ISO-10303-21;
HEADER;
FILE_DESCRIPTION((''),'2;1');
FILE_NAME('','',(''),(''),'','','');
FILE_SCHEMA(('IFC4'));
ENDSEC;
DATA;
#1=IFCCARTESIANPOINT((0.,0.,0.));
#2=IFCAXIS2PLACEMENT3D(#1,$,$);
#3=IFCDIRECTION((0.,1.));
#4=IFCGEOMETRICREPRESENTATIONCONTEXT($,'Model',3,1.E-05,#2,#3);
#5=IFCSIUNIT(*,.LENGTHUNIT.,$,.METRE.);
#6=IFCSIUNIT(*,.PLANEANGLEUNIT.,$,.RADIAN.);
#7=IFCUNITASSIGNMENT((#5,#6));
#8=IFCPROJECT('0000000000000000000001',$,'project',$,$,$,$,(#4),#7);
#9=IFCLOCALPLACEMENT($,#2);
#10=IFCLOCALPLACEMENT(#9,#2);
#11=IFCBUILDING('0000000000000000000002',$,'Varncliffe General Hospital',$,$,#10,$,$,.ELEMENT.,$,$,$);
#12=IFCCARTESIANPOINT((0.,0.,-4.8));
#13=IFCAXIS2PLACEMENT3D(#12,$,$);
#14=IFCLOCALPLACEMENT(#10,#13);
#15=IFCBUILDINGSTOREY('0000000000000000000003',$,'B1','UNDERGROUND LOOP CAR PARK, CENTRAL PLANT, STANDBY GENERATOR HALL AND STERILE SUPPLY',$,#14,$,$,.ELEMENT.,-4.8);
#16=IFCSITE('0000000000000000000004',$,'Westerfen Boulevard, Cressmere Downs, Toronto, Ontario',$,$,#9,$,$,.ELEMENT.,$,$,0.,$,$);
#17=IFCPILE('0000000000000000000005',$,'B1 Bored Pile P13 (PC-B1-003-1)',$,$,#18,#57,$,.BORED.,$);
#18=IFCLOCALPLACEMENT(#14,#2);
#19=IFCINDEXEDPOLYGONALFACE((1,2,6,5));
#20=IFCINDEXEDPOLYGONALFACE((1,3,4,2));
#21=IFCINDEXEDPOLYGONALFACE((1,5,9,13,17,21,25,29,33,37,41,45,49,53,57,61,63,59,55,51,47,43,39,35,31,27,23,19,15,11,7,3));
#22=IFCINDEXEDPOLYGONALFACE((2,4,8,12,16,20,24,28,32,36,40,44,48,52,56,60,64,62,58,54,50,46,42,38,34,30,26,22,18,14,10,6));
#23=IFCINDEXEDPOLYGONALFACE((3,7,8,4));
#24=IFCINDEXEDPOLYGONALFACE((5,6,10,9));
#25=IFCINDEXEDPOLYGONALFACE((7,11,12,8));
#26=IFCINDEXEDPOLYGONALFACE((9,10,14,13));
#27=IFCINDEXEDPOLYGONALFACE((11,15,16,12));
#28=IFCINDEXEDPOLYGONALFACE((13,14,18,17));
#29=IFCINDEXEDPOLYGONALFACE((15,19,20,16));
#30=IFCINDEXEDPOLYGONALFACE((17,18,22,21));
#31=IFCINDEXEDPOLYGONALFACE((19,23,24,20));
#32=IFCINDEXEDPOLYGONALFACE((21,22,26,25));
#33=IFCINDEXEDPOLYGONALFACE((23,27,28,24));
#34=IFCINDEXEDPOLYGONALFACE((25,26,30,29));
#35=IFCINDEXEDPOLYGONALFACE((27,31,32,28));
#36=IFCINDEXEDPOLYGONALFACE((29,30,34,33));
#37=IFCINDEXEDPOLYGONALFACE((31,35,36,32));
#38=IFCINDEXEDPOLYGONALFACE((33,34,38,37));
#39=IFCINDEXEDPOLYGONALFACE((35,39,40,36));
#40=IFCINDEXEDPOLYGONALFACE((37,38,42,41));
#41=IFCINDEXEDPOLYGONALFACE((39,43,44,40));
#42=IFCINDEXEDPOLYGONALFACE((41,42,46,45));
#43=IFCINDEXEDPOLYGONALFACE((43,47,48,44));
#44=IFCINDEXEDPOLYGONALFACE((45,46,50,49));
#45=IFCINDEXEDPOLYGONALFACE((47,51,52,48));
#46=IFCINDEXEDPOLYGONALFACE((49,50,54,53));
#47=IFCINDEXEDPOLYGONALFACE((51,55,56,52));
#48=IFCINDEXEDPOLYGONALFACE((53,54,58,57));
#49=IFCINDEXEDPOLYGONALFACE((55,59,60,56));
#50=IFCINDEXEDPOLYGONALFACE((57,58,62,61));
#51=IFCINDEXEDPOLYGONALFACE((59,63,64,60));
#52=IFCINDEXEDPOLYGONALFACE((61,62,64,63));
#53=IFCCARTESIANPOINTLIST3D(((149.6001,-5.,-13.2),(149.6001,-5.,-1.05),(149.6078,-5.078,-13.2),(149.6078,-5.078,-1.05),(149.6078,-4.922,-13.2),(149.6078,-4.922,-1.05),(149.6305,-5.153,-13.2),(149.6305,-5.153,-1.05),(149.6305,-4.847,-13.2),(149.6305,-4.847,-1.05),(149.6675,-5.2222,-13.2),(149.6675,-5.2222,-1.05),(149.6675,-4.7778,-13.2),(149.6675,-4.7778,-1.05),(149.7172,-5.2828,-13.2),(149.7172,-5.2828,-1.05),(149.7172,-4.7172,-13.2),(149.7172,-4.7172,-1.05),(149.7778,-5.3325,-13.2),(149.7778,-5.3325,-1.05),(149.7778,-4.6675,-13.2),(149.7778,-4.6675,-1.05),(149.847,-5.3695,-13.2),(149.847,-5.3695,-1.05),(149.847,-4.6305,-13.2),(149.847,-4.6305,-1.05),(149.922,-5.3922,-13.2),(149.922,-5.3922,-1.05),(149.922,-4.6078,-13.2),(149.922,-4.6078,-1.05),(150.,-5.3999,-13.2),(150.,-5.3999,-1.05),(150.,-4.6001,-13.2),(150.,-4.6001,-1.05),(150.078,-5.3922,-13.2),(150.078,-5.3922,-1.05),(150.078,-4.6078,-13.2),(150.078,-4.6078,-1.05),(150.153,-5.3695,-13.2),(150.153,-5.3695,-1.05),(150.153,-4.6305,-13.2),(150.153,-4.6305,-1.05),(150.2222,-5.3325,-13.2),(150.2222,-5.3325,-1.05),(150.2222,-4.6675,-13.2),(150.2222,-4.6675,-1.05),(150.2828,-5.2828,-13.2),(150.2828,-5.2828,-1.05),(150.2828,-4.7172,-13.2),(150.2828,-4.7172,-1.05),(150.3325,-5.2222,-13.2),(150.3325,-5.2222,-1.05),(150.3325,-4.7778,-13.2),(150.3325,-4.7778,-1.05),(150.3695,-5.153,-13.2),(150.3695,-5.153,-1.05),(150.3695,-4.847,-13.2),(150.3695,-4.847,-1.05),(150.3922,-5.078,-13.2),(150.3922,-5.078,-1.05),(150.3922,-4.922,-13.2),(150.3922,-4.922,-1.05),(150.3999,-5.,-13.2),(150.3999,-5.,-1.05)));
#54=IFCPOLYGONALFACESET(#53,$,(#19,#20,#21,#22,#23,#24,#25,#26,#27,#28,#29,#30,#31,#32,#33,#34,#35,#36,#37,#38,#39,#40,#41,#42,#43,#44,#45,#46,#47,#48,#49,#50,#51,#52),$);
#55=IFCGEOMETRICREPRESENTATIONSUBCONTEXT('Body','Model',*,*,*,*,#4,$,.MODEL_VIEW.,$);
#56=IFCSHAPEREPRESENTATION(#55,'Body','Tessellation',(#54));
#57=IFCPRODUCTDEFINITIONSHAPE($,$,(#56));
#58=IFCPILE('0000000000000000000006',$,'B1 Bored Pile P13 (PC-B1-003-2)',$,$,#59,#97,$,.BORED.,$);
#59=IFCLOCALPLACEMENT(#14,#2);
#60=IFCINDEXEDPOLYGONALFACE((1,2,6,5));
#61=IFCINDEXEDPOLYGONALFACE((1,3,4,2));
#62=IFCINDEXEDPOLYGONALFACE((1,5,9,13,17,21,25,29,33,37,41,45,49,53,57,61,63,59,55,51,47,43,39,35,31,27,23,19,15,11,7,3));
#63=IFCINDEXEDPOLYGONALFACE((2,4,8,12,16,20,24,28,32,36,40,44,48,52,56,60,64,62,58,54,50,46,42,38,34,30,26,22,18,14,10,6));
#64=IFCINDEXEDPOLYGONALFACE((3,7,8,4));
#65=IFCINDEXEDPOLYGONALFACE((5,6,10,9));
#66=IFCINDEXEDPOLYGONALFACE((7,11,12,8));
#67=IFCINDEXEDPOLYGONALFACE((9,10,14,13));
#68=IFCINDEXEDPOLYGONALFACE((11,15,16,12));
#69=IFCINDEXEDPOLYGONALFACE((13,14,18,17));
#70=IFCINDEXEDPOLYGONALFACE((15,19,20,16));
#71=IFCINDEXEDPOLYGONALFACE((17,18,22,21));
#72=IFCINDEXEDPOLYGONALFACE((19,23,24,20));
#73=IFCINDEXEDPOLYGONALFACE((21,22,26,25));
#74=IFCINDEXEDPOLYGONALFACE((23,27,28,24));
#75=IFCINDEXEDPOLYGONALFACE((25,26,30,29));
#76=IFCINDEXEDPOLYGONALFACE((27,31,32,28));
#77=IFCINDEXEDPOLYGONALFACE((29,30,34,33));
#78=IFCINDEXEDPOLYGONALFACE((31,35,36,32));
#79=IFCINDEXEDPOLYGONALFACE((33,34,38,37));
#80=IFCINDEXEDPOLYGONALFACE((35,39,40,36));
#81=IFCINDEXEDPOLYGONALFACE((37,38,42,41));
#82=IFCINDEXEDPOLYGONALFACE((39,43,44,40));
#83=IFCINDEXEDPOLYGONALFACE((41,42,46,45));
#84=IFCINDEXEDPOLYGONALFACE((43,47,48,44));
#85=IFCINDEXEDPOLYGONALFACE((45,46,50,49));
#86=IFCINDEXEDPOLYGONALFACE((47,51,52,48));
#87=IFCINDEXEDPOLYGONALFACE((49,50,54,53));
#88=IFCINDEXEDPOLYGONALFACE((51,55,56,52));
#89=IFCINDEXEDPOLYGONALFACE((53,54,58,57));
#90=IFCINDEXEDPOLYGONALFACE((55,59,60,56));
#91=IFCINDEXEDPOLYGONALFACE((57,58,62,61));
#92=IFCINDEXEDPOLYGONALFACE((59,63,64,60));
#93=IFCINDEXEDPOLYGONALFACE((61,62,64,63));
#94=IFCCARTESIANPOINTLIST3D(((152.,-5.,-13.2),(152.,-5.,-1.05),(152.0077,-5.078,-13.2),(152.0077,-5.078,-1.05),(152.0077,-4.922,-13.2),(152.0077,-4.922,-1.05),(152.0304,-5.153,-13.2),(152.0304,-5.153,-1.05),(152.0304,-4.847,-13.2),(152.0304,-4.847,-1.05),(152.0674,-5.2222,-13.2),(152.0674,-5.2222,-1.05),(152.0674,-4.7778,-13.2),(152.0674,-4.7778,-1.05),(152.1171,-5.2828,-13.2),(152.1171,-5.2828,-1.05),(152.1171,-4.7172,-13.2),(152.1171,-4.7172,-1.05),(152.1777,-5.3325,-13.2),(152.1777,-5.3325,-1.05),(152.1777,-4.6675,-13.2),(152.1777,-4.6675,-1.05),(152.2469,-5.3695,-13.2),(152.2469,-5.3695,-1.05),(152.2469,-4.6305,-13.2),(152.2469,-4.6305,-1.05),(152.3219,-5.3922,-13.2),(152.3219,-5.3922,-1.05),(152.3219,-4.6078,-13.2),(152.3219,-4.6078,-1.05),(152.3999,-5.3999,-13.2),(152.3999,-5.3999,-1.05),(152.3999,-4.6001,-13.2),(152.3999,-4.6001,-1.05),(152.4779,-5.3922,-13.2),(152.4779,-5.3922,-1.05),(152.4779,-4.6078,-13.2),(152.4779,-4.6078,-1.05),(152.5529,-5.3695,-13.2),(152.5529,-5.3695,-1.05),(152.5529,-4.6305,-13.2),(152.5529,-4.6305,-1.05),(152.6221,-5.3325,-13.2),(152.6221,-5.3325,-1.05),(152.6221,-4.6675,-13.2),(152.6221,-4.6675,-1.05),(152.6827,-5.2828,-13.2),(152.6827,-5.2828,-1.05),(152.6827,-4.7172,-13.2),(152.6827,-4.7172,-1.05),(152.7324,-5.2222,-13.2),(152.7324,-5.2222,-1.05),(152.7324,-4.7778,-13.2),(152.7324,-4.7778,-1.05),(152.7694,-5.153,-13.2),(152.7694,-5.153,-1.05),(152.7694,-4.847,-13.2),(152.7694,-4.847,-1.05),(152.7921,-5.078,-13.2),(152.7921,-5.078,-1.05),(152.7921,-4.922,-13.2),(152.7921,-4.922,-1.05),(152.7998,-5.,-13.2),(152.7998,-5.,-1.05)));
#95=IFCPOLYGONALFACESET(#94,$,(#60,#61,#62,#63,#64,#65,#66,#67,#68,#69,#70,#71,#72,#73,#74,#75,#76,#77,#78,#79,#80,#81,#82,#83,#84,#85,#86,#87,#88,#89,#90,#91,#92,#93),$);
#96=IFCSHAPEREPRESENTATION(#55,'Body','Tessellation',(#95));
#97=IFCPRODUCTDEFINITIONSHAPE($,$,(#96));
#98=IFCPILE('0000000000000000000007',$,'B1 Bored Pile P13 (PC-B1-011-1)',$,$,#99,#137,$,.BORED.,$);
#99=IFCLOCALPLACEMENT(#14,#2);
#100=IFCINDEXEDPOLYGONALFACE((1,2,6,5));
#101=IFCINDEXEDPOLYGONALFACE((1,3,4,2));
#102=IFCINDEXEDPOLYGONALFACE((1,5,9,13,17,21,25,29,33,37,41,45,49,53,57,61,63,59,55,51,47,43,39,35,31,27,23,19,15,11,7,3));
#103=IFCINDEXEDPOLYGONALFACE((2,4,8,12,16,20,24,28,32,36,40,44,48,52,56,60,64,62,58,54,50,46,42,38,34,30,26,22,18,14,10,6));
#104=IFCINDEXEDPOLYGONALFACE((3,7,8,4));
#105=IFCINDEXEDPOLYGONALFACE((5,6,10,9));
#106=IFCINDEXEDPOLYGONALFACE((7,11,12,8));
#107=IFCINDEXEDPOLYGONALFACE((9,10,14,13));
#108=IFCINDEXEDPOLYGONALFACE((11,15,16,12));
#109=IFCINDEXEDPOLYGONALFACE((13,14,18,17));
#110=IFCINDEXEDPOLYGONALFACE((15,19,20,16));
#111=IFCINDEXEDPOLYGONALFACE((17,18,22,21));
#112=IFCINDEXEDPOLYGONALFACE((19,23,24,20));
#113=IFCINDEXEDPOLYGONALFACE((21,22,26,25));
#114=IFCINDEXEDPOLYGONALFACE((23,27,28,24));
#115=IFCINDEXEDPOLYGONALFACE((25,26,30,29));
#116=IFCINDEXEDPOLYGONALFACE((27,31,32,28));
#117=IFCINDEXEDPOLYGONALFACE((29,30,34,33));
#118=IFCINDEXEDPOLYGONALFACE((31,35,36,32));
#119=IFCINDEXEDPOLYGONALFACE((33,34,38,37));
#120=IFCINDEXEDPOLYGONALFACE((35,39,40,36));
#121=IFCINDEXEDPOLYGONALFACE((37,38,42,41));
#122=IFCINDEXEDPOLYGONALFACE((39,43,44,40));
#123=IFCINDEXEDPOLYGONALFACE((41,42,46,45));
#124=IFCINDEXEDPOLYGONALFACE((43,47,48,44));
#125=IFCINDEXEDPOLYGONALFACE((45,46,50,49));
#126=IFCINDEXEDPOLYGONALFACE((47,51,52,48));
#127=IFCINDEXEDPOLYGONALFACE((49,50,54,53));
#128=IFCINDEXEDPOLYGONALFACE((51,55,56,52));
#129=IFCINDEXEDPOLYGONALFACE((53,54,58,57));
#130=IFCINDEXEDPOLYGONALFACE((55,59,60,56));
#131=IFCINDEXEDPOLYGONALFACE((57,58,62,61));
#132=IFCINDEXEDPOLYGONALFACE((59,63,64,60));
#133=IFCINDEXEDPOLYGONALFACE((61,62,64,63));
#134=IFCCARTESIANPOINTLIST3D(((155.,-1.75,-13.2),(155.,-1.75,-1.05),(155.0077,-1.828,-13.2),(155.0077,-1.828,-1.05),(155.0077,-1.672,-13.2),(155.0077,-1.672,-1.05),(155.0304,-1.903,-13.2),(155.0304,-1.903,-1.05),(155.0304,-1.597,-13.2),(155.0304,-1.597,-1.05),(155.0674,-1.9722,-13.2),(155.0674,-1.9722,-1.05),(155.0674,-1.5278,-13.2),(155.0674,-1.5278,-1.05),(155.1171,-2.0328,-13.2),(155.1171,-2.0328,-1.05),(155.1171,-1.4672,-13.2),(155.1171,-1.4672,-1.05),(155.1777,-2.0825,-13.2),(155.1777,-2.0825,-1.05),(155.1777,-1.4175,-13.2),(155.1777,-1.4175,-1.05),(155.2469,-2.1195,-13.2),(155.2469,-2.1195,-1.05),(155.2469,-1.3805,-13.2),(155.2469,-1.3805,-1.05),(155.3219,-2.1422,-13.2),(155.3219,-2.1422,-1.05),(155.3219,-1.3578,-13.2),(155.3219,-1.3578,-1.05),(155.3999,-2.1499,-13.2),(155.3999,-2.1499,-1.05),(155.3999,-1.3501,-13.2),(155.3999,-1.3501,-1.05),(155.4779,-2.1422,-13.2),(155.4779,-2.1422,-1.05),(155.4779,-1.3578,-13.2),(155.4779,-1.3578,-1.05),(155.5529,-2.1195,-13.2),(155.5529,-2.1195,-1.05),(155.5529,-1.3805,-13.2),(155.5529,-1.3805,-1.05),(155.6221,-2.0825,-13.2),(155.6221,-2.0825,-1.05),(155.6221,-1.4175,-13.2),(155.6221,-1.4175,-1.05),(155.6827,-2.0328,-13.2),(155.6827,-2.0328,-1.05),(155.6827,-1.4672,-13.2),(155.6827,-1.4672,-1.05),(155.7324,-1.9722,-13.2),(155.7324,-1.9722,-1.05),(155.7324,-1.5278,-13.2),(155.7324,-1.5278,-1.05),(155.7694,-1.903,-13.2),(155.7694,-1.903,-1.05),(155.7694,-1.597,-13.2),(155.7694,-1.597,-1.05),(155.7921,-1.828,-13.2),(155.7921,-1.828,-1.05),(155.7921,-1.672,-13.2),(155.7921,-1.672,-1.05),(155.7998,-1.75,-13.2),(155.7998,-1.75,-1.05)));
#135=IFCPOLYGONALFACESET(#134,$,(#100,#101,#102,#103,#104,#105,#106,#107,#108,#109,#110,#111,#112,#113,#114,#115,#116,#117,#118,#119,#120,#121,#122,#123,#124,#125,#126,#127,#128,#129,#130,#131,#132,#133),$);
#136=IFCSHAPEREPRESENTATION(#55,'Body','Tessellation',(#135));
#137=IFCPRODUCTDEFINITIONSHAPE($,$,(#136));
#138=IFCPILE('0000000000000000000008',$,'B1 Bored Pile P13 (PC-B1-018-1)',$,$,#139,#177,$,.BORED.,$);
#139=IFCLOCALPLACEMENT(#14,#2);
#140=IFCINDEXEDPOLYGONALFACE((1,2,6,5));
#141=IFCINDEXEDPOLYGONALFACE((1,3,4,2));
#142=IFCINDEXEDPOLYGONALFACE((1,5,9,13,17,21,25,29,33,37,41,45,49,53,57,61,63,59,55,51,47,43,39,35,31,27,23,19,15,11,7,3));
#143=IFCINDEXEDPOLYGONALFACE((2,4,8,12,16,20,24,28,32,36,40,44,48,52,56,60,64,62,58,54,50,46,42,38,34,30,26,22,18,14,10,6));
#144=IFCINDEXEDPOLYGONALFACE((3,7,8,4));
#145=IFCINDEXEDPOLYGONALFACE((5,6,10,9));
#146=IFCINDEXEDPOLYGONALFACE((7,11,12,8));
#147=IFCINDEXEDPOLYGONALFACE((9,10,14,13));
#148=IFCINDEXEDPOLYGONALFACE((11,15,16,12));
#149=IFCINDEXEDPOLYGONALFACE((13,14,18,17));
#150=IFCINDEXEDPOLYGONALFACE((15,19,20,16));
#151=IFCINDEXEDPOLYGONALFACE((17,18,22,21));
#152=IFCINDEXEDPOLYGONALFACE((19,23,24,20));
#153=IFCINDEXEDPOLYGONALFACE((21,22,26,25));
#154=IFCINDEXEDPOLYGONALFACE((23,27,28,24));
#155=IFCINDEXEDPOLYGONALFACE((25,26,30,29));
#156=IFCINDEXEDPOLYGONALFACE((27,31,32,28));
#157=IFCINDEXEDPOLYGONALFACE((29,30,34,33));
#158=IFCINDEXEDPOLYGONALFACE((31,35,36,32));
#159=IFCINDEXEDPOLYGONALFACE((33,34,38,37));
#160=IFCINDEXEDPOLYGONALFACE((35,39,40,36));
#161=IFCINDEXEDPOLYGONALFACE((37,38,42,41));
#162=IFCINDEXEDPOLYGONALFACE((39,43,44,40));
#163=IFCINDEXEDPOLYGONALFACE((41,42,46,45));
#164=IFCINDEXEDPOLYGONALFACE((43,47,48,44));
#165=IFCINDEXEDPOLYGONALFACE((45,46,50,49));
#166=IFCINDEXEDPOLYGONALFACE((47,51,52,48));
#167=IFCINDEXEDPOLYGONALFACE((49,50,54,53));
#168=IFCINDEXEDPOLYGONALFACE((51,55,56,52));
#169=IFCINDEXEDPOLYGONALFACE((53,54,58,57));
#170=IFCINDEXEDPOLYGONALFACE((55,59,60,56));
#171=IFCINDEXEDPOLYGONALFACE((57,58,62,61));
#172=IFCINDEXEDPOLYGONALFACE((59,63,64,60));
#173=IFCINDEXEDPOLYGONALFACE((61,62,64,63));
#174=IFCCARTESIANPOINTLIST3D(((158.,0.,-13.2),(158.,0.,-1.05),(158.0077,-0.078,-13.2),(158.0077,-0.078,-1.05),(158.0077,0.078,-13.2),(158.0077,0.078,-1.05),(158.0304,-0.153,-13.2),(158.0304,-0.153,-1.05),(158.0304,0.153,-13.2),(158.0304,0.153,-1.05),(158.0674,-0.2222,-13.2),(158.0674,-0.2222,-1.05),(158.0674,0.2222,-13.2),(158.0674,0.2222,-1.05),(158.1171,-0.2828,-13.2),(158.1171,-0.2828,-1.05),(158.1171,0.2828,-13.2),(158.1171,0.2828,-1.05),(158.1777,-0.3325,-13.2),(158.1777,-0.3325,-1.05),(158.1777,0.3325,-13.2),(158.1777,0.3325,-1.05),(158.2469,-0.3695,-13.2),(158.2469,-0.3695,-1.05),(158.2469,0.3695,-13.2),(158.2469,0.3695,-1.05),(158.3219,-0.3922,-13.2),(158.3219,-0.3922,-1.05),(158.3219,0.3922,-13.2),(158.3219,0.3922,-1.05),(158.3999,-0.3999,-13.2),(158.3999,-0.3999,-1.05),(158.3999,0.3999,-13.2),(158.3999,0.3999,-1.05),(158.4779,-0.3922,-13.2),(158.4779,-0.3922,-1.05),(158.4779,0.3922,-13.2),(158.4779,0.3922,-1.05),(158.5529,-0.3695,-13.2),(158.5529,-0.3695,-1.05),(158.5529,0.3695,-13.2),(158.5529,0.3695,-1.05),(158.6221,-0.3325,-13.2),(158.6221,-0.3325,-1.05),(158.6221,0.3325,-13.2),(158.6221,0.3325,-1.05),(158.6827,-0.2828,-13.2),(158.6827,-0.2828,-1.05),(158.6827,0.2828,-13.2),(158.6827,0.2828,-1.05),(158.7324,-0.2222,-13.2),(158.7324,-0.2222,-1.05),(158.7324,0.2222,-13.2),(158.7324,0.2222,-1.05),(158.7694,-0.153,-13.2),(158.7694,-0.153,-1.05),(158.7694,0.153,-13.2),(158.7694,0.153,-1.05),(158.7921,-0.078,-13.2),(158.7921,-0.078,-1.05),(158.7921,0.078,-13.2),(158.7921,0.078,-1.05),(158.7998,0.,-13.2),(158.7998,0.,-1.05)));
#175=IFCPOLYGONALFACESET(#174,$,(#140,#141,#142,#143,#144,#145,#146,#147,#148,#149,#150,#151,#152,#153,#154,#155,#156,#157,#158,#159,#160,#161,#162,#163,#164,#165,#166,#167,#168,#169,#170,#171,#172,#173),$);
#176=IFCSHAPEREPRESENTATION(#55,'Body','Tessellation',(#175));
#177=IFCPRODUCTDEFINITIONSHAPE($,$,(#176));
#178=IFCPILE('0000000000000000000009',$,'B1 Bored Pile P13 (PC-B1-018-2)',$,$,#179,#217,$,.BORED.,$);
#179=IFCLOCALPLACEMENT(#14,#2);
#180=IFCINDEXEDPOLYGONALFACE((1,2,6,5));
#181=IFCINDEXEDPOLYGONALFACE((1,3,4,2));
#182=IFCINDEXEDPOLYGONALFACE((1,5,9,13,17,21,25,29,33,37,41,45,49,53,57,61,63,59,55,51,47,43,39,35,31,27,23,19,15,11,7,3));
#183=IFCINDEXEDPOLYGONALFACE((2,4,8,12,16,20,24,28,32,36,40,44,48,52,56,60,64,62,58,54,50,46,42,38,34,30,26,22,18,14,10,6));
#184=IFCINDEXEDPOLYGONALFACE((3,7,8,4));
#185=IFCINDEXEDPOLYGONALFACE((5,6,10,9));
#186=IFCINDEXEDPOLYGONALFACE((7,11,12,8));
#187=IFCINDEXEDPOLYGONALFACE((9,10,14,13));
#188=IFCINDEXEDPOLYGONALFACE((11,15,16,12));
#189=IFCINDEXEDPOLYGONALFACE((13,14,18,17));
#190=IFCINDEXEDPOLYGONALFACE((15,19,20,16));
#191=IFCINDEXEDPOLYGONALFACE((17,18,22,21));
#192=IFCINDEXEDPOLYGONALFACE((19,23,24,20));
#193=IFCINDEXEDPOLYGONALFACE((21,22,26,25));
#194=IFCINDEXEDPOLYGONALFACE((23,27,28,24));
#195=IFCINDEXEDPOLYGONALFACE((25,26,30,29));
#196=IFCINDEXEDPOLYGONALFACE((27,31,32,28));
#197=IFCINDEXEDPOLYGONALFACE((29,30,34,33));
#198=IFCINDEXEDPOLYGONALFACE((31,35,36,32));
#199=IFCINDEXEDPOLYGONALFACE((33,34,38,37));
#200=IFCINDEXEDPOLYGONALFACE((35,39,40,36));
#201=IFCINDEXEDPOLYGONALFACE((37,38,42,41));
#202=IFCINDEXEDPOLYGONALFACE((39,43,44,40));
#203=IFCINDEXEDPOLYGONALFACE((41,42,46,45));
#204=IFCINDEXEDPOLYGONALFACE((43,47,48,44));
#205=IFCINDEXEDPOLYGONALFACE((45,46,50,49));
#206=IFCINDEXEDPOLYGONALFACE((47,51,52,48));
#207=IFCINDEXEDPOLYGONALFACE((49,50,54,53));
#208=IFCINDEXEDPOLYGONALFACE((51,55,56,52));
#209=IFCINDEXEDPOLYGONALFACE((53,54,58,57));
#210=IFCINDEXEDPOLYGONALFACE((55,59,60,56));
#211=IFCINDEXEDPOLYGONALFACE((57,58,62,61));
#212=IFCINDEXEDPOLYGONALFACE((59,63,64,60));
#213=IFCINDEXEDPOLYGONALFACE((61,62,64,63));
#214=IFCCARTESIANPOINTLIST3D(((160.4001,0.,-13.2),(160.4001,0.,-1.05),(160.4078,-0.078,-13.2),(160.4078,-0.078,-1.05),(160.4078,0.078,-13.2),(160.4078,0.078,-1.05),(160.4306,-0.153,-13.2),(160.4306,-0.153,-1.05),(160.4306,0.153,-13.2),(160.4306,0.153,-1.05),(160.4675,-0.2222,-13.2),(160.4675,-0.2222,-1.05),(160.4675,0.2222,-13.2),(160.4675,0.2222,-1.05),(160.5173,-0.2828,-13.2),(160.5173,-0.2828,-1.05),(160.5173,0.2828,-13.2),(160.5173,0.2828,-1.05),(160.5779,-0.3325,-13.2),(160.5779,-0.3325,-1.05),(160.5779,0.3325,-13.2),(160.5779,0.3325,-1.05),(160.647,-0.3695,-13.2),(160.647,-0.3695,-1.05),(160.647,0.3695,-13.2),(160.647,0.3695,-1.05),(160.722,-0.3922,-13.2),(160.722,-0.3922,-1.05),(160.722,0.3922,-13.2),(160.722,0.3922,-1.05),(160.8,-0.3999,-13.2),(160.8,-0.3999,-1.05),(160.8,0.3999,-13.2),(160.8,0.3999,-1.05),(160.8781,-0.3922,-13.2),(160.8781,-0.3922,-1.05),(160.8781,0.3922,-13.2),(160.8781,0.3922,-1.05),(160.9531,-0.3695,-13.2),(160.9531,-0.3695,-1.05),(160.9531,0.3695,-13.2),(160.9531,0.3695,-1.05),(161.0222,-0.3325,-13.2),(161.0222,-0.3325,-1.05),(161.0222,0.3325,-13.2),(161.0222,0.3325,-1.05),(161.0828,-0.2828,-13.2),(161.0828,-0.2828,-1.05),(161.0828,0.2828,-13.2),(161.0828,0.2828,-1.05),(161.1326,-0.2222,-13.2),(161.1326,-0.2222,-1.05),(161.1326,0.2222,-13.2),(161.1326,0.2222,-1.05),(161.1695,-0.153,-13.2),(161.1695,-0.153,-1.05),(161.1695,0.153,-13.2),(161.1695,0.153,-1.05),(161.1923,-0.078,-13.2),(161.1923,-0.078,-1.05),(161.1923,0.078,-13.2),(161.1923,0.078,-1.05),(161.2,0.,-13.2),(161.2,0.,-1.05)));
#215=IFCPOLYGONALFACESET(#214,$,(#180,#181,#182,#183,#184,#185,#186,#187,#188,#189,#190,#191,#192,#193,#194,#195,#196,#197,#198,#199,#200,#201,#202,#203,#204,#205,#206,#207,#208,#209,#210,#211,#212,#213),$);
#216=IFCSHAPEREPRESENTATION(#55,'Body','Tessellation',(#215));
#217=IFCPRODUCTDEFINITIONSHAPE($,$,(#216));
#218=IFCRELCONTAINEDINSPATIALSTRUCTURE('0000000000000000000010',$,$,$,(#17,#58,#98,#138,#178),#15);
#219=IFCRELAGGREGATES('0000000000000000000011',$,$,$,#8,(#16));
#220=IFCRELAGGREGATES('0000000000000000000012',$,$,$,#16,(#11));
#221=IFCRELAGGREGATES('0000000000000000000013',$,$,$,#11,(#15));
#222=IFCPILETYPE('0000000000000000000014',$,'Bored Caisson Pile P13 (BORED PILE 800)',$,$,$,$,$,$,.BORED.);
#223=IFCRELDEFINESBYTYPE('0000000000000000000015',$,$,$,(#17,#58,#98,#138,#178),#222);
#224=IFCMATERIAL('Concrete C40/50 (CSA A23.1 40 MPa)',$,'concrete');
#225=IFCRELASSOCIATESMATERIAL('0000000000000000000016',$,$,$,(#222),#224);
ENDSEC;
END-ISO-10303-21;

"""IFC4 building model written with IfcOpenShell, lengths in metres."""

from ifc_helpers import new_model, si_unit, direction, frame, origin, origin_2d, place, context, subcontext, project, spatial, circle, extrude, material, material_profile, profile_set, type_object, element, save


model = new_model("IFC4")

# Units and contexts
model_context = context("Model", 3, precision=1e-05, world=origin(), true_north=direction((0.0, 1.0)))
body_context = subcontext(model_context, "Body", "Model", "MODEL_VIEW")
ifc_project = project(units=[si_unit("LENGTHUNIT", "METRE"), si_unit("PLANEANGLEUNIT", "RADIAN")], contexts=[model_context])

# Site, building, storey
site_placement = place(None, origin())
site = spatial("IfcSite", under=ifc_project, at=site_placement, Name="Westerfen Boulevard, Cressmere Downs, Toronto, Ontario", CompositionType="ELEMENT", RefElevation=0.0)
building_placement = place(site_placement, origin())
building = spatial("IfcBuilding", under=site, at=building_placement, Name="Varncliffe General Hospital", CompositionType="ELEMENT")
storey_placement = place(building_placement, frame((0.0, 0.0, -4.8)))
storey = spatial("IfcBuildingStorey", under=building, at=storey_placement, Name="B1", Description="UNDERGROUND LOOP CAR PARK, CENTRAL PLANT, STANDBY GENERATOR HALL AND STERILE SUPPLY", CompositionType="ELEMENT", Elevation=-4.8)

# Piles
ifc_material_1 = material(Name="Concrete C40/50 (CSA A23.1 40 MPa)", Category="concrete")
ifc_material_profile_1 = material_profile(ifc_material_1, circle(Radius=0.3999, at=origin_2d()), Name="BORED PILE 800")
ifc_profile_set_1 = profile_set([ifc_material_profile_1], Name="Concrete C40/50 (CSA A23.1 40 MPa)")
pile_type_1 = type_object("IfcPileType", Name="Bored Caisson Pile P13 (BORED PILE 800)", PredefinedType="BORED", material=ifc_profile_set_1)
for number, where, z_axis, x_axis, name in (
    (1, (150.0, -5.0, -1.05), (0.0, 0.0, -1.0), (1.0, 0.0, 0.0), "B1 Bored Pile P13 (PC-B1-003-1)"),
    (2, (152.3999, -5.0, -1.05), (0.0, 0.0, -1.0), (1.0, 0.0, 0.0), "B1 Bored Pile P13 (PC-B1-003-2)"),
    (3, (155.3999, -1.75, -1.05), (0.0, 0.0, -1.0), (1.0, 0.0, 0.0), "B1 Bored Pile P13 (PC-B1-011-1)"),
    (4, (158.3999, 0.0, -1.05), (0.0, 0.0, -1.0), (1.0, 0.0, 0.0), "B1 Bored Pile P13 (PC-B1-018-1)"),
    (5, (160.8, 0.0, -1.05), (0.0, 0.0, -1.0), (1.0, 0.0, 0.0), "B1 Bored Pile P13 (PC-B1-018-2)"),
):
    element("IfcPile", number, at=place(storey_placement, frame(where, z_axis=z_axis, x_axis=x_axis)), inside=storey, type_object=pile_type_1, Name=name, PredefinedType="BORED", context=body_context, shape_type="SweptSolid", body=[
        extrude(circle(Radius=0.3999, at=origin_2d()), origin(), (0.0, 0.0, 1.0), 12.1499),
    ])

save(model, "model.ifc")
